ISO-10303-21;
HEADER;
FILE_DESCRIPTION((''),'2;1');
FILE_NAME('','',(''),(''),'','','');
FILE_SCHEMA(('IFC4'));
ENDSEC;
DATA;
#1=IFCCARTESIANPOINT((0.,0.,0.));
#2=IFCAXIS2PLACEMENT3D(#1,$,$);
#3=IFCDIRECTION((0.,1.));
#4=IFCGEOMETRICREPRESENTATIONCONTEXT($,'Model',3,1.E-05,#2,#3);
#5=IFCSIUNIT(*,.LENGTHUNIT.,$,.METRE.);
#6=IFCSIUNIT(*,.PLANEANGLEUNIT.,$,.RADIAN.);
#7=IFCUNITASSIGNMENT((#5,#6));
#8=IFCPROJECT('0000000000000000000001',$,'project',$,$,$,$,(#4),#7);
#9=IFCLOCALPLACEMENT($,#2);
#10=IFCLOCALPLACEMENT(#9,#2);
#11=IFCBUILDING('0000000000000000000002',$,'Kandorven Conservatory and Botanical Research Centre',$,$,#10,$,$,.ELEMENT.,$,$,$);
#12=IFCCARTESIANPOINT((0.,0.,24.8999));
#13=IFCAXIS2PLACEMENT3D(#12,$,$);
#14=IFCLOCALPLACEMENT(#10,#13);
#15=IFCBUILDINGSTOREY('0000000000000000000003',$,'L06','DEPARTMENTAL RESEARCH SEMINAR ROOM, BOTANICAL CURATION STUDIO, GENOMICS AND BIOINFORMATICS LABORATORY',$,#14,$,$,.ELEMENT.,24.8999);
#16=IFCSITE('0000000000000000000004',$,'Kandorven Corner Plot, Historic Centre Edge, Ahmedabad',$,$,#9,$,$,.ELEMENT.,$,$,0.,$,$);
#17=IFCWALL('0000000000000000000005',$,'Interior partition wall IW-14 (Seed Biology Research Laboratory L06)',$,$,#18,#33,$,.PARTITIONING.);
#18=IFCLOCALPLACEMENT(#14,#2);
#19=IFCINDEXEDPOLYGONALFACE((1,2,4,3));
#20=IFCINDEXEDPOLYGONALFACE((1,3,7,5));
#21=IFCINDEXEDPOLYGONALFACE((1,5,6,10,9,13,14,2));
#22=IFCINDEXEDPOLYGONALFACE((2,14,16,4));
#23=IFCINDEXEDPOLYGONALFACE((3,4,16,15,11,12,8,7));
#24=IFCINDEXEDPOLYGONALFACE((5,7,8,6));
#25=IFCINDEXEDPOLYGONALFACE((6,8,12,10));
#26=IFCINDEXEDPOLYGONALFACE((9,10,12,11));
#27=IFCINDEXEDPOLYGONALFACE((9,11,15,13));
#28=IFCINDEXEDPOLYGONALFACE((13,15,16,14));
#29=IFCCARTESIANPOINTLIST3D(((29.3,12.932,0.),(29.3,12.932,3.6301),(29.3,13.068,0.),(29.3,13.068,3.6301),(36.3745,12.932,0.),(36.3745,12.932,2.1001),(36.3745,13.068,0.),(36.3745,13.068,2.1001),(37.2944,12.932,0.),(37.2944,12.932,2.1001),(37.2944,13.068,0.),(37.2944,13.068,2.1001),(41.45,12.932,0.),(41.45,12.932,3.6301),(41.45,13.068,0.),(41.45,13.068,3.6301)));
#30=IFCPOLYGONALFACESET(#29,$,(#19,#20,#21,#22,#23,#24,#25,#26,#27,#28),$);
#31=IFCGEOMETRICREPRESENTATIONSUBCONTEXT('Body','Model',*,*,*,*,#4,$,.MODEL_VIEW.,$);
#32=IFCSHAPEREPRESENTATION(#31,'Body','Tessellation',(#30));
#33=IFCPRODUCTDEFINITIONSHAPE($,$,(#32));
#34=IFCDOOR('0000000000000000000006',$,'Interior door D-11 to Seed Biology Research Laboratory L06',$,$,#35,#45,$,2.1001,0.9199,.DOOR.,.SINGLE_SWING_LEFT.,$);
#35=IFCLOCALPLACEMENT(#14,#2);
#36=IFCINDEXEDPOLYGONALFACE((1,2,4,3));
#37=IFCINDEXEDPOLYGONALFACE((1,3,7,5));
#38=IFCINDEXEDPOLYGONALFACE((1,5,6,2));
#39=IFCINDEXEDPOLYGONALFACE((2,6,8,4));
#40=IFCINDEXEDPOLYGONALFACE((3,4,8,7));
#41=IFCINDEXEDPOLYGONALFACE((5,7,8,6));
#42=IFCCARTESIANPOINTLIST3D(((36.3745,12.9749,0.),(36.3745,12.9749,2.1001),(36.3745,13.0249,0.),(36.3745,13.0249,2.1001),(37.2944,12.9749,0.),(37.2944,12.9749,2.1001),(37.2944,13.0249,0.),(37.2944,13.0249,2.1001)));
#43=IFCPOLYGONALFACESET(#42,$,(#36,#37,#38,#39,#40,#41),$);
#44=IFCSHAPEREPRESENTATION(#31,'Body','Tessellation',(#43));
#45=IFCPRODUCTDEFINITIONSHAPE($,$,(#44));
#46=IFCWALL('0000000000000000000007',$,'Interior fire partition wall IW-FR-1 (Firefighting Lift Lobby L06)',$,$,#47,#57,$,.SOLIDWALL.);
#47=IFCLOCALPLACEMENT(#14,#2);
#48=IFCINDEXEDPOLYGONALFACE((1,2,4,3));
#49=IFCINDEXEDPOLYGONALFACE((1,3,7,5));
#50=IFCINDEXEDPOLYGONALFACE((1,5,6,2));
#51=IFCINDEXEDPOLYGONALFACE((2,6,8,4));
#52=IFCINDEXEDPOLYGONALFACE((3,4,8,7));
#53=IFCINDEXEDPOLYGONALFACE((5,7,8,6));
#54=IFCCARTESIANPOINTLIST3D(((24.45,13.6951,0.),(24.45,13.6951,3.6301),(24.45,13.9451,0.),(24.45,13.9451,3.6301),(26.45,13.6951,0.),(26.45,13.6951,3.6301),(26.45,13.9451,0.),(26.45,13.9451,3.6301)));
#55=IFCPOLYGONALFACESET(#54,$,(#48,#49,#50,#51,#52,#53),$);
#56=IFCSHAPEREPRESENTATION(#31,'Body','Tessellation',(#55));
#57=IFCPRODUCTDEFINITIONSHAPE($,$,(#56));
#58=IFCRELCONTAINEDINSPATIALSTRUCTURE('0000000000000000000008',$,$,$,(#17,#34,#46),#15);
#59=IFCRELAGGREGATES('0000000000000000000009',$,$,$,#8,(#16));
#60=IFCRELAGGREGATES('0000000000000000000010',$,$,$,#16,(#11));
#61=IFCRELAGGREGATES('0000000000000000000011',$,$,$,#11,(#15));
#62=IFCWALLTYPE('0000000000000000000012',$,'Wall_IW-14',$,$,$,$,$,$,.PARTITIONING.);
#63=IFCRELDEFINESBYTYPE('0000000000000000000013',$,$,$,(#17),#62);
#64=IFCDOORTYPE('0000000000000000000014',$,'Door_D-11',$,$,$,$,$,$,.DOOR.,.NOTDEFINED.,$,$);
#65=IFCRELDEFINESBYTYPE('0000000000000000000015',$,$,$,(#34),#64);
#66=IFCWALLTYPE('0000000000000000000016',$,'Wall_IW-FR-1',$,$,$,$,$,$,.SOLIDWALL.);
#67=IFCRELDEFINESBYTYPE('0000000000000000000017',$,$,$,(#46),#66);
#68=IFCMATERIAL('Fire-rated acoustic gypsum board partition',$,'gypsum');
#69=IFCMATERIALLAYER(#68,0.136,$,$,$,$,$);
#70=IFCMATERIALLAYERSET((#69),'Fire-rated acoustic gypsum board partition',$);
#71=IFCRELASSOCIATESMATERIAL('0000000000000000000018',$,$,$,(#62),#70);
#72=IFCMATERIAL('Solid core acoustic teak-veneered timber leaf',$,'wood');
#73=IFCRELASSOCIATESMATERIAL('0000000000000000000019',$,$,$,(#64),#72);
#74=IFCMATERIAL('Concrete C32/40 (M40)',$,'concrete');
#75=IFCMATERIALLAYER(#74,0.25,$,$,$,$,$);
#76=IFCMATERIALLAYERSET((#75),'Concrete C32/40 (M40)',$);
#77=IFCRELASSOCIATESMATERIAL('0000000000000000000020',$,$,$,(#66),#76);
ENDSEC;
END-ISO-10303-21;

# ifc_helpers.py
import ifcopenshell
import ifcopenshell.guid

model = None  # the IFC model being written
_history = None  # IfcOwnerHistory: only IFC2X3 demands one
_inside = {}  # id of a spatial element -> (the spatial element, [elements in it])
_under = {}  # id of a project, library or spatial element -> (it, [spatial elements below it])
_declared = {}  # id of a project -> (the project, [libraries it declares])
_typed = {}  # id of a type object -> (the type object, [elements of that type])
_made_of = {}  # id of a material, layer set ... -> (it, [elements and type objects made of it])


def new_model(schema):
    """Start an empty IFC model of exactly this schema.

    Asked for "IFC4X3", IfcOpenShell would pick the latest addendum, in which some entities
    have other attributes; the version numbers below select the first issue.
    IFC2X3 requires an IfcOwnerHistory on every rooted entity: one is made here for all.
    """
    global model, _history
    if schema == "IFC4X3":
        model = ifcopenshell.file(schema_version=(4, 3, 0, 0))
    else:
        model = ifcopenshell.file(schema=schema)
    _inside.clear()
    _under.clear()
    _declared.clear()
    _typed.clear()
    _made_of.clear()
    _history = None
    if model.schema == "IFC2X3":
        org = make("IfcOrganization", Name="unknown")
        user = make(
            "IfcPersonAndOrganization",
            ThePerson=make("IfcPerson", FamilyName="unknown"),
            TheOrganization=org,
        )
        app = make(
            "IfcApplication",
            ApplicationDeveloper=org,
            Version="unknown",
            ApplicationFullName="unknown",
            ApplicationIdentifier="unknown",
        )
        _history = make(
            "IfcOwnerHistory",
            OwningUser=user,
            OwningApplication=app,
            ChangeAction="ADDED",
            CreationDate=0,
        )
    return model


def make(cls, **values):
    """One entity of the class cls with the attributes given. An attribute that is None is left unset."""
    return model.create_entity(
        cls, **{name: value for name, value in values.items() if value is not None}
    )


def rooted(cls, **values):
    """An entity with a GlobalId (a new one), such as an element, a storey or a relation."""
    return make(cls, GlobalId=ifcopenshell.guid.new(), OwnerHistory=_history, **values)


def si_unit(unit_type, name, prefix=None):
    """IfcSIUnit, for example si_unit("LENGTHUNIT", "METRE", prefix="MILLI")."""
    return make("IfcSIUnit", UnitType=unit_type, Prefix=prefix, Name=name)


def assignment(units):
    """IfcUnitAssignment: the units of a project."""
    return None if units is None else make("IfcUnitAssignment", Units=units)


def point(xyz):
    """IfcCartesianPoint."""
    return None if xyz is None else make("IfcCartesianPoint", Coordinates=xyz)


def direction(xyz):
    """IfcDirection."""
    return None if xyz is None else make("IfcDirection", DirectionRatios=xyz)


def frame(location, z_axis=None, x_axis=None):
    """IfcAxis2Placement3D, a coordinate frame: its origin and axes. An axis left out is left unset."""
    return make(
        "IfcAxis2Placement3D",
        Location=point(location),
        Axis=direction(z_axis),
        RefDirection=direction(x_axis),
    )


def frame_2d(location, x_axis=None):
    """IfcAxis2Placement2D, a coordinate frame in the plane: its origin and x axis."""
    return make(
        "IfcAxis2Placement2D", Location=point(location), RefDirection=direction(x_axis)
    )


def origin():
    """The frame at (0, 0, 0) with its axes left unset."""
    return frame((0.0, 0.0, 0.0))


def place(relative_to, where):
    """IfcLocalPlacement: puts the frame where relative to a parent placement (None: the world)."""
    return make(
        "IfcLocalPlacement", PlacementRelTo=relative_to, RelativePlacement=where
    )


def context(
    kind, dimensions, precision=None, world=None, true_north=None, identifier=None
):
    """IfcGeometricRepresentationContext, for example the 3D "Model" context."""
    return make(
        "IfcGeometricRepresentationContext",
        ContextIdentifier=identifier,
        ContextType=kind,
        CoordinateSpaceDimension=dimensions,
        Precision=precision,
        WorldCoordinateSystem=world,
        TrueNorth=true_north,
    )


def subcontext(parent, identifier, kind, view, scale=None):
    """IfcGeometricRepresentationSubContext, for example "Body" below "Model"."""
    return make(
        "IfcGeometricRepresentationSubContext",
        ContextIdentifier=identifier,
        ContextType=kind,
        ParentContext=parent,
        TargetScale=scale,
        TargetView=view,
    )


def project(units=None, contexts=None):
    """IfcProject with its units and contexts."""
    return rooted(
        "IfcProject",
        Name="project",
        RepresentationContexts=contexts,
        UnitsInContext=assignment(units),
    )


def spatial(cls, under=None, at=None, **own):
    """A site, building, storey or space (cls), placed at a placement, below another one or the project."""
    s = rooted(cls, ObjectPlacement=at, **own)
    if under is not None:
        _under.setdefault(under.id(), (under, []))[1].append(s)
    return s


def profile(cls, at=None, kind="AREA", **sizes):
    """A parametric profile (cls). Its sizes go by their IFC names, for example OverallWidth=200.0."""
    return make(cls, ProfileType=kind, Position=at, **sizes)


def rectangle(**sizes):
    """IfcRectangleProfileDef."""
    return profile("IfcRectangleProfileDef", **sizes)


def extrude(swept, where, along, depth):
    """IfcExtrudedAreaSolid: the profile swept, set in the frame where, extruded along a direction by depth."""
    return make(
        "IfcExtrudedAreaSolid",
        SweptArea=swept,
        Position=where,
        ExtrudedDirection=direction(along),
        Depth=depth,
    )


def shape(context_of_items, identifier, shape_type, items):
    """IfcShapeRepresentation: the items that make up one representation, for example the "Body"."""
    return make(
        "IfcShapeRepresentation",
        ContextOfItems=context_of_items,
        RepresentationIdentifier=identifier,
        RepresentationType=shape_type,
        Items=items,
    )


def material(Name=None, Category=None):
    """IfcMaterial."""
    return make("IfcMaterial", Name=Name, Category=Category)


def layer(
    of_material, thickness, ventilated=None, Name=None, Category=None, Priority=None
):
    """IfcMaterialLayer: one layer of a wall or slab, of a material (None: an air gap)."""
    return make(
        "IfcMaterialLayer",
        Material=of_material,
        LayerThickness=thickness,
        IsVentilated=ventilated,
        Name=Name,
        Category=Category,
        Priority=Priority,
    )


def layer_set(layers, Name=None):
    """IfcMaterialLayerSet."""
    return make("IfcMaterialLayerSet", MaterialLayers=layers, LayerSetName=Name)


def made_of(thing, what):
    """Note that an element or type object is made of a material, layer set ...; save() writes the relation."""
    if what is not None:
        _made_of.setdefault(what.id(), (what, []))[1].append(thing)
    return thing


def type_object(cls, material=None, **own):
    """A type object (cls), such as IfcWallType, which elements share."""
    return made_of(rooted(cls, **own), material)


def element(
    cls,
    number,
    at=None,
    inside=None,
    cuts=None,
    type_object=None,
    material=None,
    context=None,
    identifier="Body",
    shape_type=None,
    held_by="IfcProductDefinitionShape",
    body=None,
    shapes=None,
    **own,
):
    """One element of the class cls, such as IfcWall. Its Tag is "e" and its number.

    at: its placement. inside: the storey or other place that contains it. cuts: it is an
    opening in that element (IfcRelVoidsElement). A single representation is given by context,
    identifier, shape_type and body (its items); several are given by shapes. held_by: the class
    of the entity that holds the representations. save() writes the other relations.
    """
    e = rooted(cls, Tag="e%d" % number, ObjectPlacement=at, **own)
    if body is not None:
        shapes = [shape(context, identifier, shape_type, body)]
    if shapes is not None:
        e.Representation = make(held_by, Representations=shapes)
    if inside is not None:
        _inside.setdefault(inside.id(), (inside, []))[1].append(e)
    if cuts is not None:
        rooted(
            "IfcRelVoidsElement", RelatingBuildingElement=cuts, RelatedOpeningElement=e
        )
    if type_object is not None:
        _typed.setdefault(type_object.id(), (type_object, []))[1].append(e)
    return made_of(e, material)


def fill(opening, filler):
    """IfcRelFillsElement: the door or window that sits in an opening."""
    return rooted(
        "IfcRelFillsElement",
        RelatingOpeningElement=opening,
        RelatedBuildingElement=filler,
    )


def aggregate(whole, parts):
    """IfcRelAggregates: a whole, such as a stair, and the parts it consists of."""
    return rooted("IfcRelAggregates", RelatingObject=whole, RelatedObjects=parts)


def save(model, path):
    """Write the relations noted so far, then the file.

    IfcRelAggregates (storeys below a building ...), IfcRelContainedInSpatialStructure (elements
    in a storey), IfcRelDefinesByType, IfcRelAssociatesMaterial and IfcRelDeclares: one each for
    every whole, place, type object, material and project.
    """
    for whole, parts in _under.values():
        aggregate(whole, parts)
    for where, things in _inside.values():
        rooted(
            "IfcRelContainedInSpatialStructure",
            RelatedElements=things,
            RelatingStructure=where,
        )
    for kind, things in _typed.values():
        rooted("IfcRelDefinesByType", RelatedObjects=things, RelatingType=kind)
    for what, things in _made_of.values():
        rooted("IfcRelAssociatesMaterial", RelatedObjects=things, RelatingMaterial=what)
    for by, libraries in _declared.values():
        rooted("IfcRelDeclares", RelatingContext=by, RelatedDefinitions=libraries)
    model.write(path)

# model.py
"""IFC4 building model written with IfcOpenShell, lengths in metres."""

from ifc_helpers import new_model, si_unit, direction, frame, frame_2d, origin, place, context, subcontext, project, spatial, rectangle, extrude, material, layer, layer_set, type_object, element, fill, save


model = new_model("IFC4")

# Units and contexts
model_context = context("Model", 3, precision=1e-05, world=origin(), true_north=direction((0.0, 1.0)))
body_context = subcontext(model_context, "Body", "Model", "MODEL_VIEW")
ifc_project = project(units=[si_unit("LENGTHUNIT", "METRE"), si_unit("PLANEANGLEUNIT", "RADIAN")], contexts=[model_context])

# Site, building, storey
site_placement = place(None, origin())
site = spatial("IfcSite", under=ifc_project, at=site_placement, Name="Kandorven Corner Plot, Historic Centre Edge, Ahmedabad", CompositionType="ELEMENT", RefElevation=0.0)
building_placement = place(site_placement, origin())
building = spatial("IfcBuilding", under=site, at=building_placement, Name="Kandorven Conservatory and Botanical Research Centre", CompositionType="ELEMENT")
storey_placement = place(building_placement, frame((0.0, 0.0, 24.8999)))
storey = spatial("IfcBuildingStorey", under=building, at=storey_placement, Name="L06", Description="DEPARTMENTAL RESEARCH SEMINAR ROOM, BOTANICAL CURATION STUDIO, GENOMICS AND BIOINFORMATICS LABORATORY", CompositionType="ELEMENT", Elevation=24.8999)

# Wall, opening, door
ifc_material_1 = material(Name="Fire-rated acoustic gypsum board partition", Category="gypsum")
ifc_layer_1 = layer(ifc_material_1, 0.136)
ifc_layer_set_1 = layer_set([ifc_layer_1], Name="Fire-rated acoustic gypsum board partition")
wall_type_1 = type_object("IfcWallType", Name="Wall_IW-14", PredefinedType="PARTITIONING", material=ifc_layer_set_1)
wall_1_placement = place(storey_placement, frame((29.3, 13.0, 0.0), z_axis=(0.0, 0.0, 1.0), x_axis=(1.0, 0.0, 0.0)))
wall_1 = element("IfcWall", 1, at=wall_1_placement, inside=storey, type_object=wall_type_1, Name="Interior partition wall IW-14 (Seed Biology Research Laboratory L06)", PredefinedType="PARTITIONING", context=body_context, shape_type="SweptSolid", body=[
    extrude(rectangle(XDim=12.1499, YDim=0.136, at=frame_2d((6.075, 0.0))), origin(), (0.0, 0.0, 1.0), 3.6301),
])
opening_1_placement = place(wall_1_placement, frame((7.0745, 0.0, 0.0)))
opening_1 = element("IfcOpeningElement", 2, at=opening_1_placement, cuts=wall_1, PredefinedType="OPENING", context=body_context, shape_type="SweptSolid", body=[
    extrude(rectangle(XDim=0.9199, YDim=2.1001, at=frame_2d((0.46, 1.05))), frame((0.0, 0.0779, 0.0), z_axis=(0.0, -1.0, 0.0), x_axis=(1.0, 0.0, 0.0)), (0.0, 0.0, 1.0), 0.156),
])
ifc_material_2 = material(Name="Solid core acoustic teak-veneered timber leaf", Category="wood")
door_type_1 = type_object("IfcDoorType", Name="Door_D-11", OperationType="NOTDEFINED", PredefinedType="DOOR", material=ifc_material_2)
door_1_placement = place(opening_1_placement, origin())
door_1 = element("IfcDoor", 3, at=door_1_placement, inside=storey, type_object=door_type_1, Name="Interior door D-11 to Seed Biology Research Laboratory L06", OperationType="SINGLE_SWING_LEFT", OverallHeight=2.1001, OverallWidth=0.9199, PredefinedType="DOOR", context=body_context, shape_type="SweptSolid", body=[
    extrude(rectangle(XDim=0.9199, YDim=2.1001, at=frame_2d((0.46, 1.05))), frame((0.0, 0.0249, 0.0), z_axis=(0.0, -1.0, 0.0), x_axis=(1.0, 0.0, 0.0)), (0.0, 0.0, 1.0), 0.05),
])
fill(opening_1, door_1)

# Wall
ifc_material_3 = material(Name="Concrete C32/40 (M40)", Category="concrete")
ifc_layer_2 = layer(ifc_material_3, 0.25)
ifc_layer_set_2 = layer_set([ifc_layer_2], Name="Concrete C32/40 (M40)")
wall_type_2 = type_object("IfcWallType", Name="Wall_IW-FR-1", PredefinedType="SOLIDWALL", material=ifc_layer_set_2)
wall_2_placement = place(storey_placement, frame((24.45, 13.8201, 0.0), z_axis=(0.0, 0.0, 1.0), x_axis=(1.0, 0.0, 0.0)))
element("IfcWall", 4, at=wall_2_placement, inside=storey, type_object=wall_type_2, Name="Interior fire partition wall IW-FR-1 (Firefighting Lift Lobby L06)", PredefinedType="SOLIDWALL", context=body_context, shape_type="SweptSolid", body=[
    extrude(rectangle(XDim=2.0, YDim=0.25, at=frame_2d((1.0, 0.0))), origin(), (0.0, 0.0, 1.0), 3.6301),
])

save(model, "model.ifc")
